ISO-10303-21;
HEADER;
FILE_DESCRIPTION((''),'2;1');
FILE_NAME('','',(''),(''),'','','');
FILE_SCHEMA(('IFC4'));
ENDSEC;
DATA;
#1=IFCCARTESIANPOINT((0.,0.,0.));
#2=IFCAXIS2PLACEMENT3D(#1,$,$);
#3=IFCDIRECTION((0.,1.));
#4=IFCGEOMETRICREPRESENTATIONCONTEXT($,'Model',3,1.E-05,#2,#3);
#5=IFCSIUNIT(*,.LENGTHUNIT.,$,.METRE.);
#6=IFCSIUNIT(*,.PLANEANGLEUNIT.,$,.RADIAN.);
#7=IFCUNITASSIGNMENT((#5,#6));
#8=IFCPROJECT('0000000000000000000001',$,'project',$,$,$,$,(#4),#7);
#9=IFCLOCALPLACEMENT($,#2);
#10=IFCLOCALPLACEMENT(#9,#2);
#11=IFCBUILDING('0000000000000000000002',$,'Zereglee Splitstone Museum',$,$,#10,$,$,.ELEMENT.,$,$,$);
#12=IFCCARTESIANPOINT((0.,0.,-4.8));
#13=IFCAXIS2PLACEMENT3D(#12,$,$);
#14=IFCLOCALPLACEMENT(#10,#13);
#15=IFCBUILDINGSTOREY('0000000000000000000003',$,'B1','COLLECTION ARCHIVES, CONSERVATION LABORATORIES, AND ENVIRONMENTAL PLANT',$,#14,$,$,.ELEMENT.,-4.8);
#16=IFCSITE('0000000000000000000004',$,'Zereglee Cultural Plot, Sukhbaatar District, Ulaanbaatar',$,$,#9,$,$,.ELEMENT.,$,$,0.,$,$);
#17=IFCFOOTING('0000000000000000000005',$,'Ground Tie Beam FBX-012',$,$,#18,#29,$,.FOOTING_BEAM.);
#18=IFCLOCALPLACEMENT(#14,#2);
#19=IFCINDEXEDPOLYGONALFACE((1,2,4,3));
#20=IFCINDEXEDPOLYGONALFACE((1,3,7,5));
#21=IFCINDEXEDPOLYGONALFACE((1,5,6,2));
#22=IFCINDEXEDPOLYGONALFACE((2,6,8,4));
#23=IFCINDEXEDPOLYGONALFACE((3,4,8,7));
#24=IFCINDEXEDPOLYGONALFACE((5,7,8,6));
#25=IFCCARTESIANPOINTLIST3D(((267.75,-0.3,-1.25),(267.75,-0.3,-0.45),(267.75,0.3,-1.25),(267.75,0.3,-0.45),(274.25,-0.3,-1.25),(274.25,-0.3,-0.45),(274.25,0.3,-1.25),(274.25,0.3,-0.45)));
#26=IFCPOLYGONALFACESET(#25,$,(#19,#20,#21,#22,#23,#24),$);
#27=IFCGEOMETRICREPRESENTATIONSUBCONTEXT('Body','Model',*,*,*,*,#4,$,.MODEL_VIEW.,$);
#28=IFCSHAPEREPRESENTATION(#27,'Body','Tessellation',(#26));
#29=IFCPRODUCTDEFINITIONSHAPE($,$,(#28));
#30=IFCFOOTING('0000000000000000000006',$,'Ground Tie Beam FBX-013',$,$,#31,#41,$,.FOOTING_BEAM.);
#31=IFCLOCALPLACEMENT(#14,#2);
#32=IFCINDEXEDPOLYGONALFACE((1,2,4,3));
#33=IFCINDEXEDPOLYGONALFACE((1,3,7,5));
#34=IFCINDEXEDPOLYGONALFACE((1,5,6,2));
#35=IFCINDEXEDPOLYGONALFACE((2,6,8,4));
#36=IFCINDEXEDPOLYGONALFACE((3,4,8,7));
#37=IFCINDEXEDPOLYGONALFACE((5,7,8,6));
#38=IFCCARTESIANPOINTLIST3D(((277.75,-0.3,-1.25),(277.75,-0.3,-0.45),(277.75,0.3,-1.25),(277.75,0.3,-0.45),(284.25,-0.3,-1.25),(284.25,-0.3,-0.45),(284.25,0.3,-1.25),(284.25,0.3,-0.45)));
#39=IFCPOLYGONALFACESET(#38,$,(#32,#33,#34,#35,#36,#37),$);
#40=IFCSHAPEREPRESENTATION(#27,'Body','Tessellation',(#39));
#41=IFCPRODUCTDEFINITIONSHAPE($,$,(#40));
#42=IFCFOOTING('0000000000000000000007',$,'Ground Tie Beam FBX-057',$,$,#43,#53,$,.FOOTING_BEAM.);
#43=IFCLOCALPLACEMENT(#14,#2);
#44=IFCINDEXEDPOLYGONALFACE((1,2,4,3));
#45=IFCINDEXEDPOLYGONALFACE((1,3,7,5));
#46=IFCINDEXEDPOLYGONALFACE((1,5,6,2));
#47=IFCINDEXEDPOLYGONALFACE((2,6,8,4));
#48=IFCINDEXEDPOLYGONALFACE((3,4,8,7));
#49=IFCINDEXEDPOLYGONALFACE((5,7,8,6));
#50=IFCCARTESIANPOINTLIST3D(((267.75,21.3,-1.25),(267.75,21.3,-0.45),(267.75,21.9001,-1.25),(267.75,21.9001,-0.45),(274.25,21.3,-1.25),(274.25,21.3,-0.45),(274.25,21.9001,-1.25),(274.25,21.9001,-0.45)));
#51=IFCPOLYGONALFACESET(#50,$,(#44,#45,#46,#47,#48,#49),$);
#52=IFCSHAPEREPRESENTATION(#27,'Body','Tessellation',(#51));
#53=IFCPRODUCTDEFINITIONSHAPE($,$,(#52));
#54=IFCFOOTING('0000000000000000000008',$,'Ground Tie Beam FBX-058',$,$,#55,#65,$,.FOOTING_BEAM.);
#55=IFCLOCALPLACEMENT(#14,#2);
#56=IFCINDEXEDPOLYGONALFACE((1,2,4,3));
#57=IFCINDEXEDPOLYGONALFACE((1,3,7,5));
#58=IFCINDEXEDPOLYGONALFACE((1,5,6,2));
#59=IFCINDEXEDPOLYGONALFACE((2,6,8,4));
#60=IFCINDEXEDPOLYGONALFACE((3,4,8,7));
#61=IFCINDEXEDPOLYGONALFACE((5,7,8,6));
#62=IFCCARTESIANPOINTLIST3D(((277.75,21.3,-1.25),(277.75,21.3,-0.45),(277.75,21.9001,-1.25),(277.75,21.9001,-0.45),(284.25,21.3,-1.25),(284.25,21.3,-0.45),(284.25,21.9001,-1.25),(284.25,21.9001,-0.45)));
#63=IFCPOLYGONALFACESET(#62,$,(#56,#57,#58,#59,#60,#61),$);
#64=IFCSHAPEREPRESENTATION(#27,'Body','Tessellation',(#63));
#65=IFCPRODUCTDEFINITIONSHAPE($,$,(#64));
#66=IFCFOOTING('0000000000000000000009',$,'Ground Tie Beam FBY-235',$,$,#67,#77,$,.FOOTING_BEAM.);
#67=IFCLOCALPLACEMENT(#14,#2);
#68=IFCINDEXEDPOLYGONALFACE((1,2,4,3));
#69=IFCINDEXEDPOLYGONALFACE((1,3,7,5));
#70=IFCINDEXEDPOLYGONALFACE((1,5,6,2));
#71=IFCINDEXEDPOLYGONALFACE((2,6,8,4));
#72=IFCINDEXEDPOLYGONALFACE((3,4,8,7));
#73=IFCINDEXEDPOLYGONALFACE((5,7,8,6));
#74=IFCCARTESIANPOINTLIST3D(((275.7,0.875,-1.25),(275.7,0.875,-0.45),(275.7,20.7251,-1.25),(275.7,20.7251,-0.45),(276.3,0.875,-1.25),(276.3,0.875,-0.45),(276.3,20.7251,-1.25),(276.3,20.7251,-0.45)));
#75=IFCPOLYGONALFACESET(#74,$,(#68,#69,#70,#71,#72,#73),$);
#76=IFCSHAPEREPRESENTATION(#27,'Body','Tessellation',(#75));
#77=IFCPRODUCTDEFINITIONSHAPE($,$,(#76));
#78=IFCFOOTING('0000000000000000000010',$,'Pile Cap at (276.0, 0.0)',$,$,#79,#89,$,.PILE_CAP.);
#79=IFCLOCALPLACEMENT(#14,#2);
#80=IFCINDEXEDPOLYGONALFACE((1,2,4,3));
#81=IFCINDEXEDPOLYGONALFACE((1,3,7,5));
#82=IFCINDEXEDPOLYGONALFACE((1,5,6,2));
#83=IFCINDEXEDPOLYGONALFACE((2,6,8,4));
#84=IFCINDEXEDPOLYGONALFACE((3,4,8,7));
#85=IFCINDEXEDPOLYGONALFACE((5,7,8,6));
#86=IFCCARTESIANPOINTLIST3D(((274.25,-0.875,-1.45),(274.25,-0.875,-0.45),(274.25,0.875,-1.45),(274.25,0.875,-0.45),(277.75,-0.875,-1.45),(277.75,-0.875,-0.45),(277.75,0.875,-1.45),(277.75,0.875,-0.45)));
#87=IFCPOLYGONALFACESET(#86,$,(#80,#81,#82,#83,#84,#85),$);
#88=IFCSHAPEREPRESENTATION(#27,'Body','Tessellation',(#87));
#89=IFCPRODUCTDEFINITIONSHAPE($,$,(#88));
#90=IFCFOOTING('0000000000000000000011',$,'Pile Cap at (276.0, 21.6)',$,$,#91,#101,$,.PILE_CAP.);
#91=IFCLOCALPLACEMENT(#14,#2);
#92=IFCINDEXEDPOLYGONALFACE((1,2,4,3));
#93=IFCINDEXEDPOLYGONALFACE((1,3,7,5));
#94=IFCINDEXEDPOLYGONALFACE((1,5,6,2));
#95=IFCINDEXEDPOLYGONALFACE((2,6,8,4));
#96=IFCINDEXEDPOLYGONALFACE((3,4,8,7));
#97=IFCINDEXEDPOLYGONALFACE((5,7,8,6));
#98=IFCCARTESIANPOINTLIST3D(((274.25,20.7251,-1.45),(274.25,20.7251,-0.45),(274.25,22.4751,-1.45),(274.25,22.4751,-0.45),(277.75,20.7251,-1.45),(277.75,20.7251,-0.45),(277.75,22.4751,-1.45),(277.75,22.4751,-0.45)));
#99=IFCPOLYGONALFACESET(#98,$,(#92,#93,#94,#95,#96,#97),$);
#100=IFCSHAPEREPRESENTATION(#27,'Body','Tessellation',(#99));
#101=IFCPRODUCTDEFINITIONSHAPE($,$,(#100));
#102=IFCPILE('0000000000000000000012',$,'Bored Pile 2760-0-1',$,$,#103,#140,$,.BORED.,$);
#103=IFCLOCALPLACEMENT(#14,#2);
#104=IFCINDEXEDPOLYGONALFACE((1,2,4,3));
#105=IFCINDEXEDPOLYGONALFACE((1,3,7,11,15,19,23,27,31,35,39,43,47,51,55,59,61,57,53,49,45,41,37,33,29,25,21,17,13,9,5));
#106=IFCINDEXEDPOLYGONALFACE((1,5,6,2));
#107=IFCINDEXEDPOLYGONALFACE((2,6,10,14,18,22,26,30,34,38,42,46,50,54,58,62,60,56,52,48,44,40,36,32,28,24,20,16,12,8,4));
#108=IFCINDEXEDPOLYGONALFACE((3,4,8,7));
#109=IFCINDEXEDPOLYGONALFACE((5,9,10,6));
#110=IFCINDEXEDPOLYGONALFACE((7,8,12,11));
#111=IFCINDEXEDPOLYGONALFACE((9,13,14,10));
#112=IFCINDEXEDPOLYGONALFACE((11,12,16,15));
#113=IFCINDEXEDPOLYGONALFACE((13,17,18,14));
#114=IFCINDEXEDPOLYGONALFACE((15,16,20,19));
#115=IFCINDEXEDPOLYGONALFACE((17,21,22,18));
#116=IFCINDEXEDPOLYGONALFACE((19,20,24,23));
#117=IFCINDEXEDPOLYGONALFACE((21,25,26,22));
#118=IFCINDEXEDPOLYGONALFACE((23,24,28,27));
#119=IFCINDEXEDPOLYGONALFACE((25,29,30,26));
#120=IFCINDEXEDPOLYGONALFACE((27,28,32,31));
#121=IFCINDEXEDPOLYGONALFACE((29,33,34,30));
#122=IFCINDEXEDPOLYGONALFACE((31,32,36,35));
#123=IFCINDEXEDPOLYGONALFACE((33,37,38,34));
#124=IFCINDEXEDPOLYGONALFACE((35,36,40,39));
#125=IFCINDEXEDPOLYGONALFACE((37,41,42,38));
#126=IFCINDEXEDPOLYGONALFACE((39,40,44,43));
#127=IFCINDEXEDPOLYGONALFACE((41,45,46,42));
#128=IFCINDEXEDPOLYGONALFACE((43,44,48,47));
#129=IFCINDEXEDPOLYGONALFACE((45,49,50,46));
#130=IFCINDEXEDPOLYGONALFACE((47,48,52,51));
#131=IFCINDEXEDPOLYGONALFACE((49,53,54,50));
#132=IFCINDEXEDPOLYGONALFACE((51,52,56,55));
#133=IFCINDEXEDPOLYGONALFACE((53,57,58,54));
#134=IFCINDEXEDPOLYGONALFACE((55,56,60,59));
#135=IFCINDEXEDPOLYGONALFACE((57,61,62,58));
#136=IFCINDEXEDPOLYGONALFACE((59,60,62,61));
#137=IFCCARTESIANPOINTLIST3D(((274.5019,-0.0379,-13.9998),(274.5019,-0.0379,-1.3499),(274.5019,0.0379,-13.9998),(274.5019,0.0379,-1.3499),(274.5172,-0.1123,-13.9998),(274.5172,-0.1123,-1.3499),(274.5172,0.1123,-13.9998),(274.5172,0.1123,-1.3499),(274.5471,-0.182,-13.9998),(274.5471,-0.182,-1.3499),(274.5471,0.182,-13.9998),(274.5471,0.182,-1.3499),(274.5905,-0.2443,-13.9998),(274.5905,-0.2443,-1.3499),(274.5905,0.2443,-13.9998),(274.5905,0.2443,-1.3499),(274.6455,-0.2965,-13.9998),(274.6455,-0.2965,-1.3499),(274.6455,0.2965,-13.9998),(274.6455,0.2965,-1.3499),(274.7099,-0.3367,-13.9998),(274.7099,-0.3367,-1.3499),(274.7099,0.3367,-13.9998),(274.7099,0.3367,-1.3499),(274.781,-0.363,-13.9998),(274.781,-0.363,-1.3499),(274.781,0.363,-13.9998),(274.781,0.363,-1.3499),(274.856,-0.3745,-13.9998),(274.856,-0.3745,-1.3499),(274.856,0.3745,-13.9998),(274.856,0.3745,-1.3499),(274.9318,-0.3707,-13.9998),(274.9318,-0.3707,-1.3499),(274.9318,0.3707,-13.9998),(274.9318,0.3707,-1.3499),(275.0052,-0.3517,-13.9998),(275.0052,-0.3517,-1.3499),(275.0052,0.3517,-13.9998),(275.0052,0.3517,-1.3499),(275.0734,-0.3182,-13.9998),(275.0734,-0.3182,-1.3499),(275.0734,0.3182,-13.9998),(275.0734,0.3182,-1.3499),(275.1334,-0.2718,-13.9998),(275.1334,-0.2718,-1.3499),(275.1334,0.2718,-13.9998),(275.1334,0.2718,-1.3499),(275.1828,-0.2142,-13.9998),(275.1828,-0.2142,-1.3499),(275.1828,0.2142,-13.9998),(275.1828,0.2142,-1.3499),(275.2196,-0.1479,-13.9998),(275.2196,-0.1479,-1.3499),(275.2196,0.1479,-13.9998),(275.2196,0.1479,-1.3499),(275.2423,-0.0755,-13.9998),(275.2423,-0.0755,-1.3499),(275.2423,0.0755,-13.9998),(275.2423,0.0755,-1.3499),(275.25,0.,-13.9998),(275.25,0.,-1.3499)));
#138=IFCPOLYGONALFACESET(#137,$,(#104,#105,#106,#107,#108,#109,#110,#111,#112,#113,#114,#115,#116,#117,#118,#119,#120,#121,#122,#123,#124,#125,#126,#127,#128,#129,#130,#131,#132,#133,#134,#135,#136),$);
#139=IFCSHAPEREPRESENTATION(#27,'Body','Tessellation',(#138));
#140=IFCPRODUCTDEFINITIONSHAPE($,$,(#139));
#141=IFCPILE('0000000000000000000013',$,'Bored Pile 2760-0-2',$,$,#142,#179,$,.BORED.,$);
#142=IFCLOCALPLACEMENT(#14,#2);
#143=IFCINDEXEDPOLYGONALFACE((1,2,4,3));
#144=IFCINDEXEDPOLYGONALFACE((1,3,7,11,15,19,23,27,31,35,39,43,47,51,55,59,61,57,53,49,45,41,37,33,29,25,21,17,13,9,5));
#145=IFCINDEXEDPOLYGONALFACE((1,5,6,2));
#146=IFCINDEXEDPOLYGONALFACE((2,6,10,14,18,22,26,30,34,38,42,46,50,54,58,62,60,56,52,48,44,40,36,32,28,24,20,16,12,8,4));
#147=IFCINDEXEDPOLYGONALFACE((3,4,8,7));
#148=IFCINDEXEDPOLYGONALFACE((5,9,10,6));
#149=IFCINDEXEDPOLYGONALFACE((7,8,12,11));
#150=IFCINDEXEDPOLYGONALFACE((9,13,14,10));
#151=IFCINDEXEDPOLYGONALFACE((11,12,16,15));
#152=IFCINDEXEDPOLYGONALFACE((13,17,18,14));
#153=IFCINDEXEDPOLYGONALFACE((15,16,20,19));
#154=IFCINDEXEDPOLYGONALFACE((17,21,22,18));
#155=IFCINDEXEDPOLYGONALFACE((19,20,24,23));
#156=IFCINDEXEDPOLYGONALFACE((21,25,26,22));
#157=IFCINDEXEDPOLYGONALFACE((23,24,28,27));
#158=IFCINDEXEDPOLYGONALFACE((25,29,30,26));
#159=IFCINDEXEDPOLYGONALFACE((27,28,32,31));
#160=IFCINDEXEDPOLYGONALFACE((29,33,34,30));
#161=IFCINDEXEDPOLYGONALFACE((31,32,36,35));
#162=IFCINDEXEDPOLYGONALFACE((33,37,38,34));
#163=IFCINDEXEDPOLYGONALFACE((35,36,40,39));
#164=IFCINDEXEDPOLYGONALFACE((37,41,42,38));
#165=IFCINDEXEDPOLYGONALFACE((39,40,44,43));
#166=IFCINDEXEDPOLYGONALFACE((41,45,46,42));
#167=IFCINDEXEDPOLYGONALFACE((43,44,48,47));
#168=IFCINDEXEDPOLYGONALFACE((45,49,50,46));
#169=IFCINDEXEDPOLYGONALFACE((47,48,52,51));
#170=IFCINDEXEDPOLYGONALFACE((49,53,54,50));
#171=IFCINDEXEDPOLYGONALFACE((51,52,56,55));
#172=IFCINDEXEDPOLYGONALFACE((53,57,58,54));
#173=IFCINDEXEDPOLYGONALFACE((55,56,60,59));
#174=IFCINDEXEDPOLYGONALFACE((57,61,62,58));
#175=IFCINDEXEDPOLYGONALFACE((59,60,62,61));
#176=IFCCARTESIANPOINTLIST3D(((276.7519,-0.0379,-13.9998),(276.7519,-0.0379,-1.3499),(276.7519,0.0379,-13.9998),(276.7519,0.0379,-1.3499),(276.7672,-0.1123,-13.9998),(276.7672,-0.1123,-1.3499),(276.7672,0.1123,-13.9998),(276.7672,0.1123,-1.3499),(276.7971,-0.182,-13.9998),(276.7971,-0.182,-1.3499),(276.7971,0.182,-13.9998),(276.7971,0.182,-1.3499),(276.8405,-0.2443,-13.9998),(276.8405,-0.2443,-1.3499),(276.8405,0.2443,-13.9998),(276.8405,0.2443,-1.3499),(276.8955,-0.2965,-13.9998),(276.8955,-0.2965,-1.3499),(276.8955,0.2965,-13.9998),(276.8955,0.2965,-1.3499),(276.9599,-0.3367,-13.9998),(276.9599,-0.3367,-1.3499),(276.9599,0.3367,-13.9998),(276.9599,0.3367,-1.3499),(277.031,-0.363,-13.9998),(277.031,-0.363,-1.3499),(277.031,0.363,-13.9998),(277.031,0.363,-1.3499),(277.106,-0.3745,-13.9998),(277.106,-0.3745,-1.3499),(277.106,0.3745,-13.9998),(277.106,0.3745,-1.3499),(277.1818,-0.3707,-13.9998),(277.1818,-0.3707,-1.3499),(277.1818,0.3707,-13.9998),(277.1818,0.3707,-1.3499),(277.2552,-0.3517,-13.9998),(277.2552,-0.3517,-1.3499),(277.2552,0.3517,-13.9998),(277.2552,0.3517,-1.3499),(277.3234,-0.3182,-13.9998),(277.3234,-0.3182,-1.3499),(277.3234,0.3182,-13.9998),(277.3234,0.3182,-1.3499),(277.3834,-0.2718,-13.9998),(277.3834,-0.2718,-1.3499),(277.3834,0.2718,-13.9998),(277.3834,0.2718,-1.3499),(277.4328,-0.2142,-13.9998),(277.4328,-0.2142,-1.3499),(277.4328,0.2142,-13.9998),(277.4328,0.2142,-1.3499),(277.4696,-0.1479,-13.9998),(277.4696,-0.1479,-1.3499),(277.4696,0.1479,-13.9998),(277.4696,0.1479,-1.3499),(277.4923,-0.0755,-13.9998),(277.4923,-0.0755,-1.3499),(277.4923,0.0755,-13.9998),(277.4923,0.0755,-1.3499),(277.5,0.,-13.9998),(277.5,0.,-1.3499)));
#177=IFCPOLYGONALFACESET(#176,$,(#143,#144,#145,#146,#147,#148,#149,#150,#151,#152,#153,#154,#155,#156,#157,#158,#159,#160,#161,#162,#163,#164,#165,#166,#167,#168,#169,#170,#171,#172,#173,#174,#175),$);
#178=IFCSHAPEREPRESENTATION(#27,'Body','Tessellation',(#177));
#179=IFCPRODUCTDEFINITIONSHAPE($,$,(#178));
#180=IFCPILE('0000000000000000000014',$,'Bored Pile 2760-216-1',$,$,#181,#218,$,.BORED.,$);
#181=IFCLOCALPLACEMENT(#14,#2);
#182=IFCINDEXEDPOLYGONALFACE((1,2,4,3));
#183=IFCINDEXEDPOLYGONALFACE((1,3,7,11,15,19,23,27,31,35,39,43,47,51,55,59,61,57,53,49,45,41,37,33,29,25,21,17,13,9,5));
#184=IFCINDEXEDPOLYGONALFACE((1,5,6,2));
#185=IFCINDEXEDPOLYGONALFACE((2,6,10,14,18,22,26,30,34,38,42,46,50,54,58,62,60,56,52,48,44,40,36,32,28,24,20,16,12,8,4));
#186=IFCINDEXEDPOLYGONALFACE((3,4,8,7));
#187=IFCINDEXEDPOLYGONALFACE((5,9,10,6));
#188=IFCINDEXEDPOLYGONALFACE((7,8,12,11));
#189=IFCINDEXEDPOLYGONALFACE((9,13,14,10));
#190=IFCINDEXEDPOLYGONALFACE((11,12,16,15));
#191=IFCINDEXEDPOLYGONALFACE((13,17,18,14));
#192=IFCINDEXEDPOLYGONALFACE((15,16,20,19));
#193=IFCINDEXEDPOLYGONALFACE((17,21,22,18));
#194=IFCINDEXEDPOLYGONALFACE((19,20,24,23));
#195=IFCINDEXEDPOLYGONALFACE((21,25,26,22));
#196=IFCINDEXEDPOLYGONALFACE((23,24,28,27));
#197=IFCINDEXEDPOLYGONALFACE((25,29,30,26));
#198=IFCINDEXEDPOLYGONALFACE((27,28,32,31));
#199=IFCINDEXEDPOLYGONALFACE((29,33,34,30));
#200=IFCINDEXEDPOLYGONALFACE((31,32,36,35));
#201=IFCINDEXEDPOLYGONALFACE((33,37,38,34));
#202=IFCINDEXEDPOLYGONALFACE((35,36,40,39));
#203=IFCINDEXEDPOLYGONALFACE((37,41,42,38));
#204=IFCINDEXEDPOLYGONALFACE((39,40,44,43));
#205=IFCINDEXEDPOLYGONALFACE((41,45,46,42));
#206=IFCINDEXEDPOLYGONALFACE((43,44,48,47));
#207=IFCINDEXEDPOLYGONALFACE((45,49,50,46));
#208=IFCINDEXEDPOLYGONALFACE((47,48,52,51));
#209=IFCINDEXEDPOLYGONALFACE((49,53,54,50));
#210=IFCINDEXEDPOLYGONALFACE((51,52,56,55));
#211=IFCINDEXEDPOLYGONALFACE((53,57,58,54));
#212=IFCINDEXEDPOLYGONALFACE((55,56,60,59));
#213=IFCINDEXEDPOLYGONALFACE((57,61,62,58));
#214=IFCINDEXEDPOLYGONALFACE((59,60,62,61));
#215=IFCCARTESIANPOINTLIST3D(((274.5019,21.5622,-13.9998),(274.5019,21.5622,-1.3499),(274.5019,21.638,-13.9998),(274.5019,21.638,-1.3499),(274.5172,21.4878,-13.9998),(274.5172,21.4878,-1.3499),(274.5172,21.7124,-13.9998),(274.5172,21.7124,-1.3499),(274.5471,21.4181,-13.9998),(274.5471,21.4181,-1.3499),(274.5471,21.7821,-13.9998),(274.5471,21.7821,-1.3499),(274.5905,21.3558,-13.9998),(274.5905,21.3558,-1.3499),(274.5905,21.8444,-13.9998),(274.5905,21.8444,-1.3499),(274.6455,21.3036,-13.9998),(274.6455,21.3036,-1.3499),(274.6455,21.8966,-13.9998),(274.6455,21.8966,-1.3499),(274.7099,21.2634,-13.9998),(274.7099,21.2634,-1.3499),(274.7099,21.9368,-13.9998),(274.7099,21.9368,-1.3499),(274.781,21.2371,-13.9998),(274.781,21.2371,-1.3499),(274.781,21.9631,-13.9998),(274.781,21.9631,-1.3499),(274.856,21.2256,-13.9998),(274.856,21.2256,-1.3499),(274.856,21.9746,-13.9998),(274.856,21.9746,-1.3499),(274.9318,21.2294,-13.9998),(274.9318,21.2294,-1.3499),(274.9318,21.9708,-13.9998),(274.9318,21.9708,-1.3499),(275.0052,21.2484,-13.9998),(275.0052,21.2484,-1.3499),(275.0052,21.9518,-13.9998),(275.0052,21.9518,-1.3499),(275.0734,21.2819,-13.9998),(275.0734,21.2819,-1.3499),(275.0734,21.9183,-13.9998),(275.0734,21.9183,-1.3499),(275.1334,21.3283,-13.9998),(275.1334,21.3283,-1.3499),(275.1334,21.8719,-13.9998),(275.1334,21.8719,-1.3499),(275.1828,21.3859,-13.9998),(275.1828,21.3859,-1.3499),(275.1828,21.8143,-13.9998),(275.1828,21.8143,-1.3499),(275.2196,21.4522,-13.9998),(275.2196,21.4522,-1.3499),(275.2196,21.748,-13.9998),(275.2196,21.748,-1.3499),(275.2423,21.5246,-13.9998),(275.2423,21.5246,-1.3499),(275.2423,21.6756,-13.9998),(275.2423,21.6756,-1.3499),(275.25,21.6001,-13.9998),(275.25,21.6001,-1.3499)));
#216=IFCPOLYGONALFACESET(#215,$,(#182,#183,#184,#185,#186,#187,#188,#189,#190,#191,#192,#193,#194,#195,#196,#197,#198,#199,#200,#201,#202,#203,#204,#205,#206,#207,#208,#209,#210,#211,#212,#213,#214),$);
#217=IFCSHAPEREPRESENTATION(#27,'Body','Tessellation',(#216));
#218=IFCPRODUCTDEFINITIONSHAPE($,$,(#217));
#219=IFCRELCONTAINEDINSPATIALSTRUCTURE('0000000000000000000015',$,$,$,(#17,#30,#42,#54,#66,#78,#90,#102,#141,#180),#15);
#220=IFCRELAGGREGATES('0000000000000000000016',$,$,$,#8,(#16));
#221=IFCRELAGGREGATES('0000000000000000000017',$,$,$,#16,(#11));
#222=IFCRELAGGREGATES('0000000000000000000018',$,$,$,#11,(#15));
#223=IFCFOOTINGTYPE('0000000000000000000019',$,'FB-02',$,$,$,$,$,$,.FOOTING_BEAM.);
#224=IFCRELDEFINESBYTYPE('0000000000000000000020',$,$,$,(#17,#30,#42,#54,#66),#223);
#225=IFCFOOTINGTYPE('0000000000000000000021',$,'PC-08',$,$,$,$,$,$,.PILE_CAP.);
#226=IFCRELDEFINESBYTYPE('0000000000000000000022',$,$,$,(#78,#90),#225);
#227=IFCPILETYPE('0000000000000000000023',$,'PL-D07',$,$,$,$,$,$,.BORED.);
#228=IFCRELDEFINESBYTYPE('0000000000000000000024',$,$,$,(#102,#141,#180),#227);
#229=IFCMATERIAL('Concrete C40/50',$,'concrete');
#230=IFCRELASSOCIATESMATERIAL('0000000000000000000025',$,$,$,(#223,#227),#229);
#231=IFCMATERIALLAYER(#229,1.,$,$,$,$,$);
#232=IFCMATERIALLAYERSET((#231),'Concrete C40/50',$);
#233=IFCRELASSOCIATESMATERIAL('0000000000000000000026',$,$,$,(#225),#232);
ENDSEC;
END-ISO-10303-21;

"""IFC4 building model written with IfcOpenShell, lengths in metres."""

from ifc_helpers import new_model, si_unit, direction, frame, origin, origin_2d, place, context, subcontext, project, spatial, rectangle, circle, extrude, material, layer, layer_set, material_profile, profile_set, type_object, element, save


model = new_model("IFC4")

# Units and contexts
model_context = context("Model", 3, precision=1e-05, world=origin(), true_north=direction((0.0, 1.0)))
body_context = subcontext(model_context, "Body", "Model", "MODEL_VIEW")
ifc_project = project(units=[si_unit("LENGTHUNIT", "METRE"), si_unit("PLANEANGLEUNIT", "RADIAN")], contexts=[model_context])

# Site, building, storey
site_placement = place(None, origin())
site = spatial("IfcSite", under=ifc_project, at=site_placement, Name="Zereglee Cultural Plot, Sukhbaatar District, Ulaanbaatar", CompositionType="ELEMENT", RefElevation=0.0)
building_placement = place(site_placement, origin())
building = spatial("IfcBuilding", under=site, at=building_placement, Name="Zereglee Splitstone Museum", CompositionType="ELEMENT")
storey_placement = place(building_placement, frame((0.0, 0.0, -4.8)))
storey = spatial("IfcBuildingStorey", under=building, at=storey_placement, Name="B1", Description="COLLECTION ARCHIVES, CONSERVATION LABORATORIES, AND ENVIRONMENTAL PLANT", CompositionType="ELEMENT", Elevation=-4.8)

# Footings
ifc_material_1 = material(Name="Concrete C40/50", Category="concrete")
footing_type_1 = type_object("IfcFootingType", Name="FB-02", PredefinedType="FOOTING_BEAM", material=ifc_material_1)
for number, where, z_axis, x_axis, name in (
    (1, (271.0, 0.0, -1.25), (0.0, 0.0, 1.0), (1.0, 0.0, 0.0), "Ground Tie Beam FBX-012"),
    (2, (281.0, 0.0, -1.25), (0.0, 0.0, 1.0), (1.0, 0.0, 0.0), "Ground Tie Beam FBX-013"),
    (3, (271.0, 21.6001, -1.25), (0.0, 0.0, 1.0), (1.0, 0.0, 0.0), "Ground Tie Beam FBX-057"),
    (4, (281.0, 21.6001, -1.25), (0.0, 0.0, 1.0), (1.0, 0.0, 0.0), "Ground Tie Beam FBX-058"),
):
    element("IfcFooting", number, at=place(storey_placement, frame(where, z_axis=z_axis, x_axis=x_axis)), inside=storey, type_object=footing_type_1, Name=name, PredefinedType="FOOTING_BEAM", context=body_context, shape_type="SweptSolid", body=[
        extrude(rectangle(XDim=6.5, YDim=0.6001, at=origin_2d()), origin(), (0.0, 0.0, 1.0), 0.8),
    ])
footing_placement = place(storey_placement, frame((276.0, 10.8, -1.25), z_axis=(0.0, 0.0, 1.0), x_axis=(0.0, 1.0, 0.0)))
element("IfcFooting", 5, at=footing_placement, inside=storey, type_object=footing_type_1, Name="Ground Tie Beam FBY-235", PredefinedType="FOOTING_BEAM", context=body_context, shape_type="SweptSolid", body=[
    extrude(rectangle(XDim=19.8501, YDim=0.6001, at=origin_2d()), origin(), (0.0, 0.0, 1.0), 0.8),
])
ifc_layer_1 = layer(ifc_material_1, 1.0)
ifc_layer_set_1 = layer_set([ifc_layer_1], Name="Concrete C40/50")
footing_type_2 = type_object("IfcFootingType", Name="PC-08", PredefinedType="PILE_CAP", material=ifc_layer_set_1)
for number, where, z_axis, x_axis, name in (
    (6, (276.0, 0.0, -1.45), (0.0, 0.0, 1.0), (1.0, 0.0, 0.0), "Pile Cap at (276.0, 0.0)"),
    (7, (276.0, 21.6001, -1.45), (0.0, 0.0, 1.0), (1.0, 0.0, 0.0), "Pile Cap at (276.0, 21.6)"),
):
    element("IfcFooting", number, at=place(storey_placement, frame(where, z_axis=z_axis, x_axis=x_axis)), inside=storey, type_object=footing_type_2, Name=name, PredefinedType="PILE_CAP", context=body_context, shape_type="SweptSolid", body=[
        extrude(rectangle(XDim=3.5, YDim=1.75, at=origin_2d()), origin(), (0.0, 0.0, 1.0), 1.0),
    ])

# Piles
ifc_material_profile_1 = material_profile(ifc_material_1, circle(Radius=0.375, at=origin_2d()), Name="PILE D750")
ifc_profile_set_1 = profile_set([ifc_material_profile_1], Name="Concrete C40/50")
pile_type = type_object("IfcPileType", Name="PL-D07", PredefinedType="BORED", material=ifc_profile_set_1)
for number, where, z_axis, x_axis, name in (
    (8, (274.875, 0.0, -1.3499), (0.0, 0.0, -1.0), (1.0, 0.0, 0.0), "Bored Pile 2760-0-1"),
    (9, (277.125, 0.0, -1.3499), (0.0, 0.0, -1.0), (1.0, 0.0, 0.0), "Bored Pile 2760-0-2"),
    (10, (274.875, 21.6001, -1.3499), (0.0, 0.0, -1.0), (1.0, 0.0, 0.0), "Bored Pile 2760-216-1"),
):
    element("IfcPile", number, at=place(storey_placement, frame(where, z_axis=z_axis, x_axis=x_axis)), inside=storey, type_object=pile_type, Name=name, PredefinedType="BORED", context=body_context, shape_type="SweptSolid", body=[
        extrude(circle(Radius=0.375, at=origin_2d()), origin(), (0.0, 0.0, 1.0), 12.6499),
    ])

save(model, "model.ifc")
